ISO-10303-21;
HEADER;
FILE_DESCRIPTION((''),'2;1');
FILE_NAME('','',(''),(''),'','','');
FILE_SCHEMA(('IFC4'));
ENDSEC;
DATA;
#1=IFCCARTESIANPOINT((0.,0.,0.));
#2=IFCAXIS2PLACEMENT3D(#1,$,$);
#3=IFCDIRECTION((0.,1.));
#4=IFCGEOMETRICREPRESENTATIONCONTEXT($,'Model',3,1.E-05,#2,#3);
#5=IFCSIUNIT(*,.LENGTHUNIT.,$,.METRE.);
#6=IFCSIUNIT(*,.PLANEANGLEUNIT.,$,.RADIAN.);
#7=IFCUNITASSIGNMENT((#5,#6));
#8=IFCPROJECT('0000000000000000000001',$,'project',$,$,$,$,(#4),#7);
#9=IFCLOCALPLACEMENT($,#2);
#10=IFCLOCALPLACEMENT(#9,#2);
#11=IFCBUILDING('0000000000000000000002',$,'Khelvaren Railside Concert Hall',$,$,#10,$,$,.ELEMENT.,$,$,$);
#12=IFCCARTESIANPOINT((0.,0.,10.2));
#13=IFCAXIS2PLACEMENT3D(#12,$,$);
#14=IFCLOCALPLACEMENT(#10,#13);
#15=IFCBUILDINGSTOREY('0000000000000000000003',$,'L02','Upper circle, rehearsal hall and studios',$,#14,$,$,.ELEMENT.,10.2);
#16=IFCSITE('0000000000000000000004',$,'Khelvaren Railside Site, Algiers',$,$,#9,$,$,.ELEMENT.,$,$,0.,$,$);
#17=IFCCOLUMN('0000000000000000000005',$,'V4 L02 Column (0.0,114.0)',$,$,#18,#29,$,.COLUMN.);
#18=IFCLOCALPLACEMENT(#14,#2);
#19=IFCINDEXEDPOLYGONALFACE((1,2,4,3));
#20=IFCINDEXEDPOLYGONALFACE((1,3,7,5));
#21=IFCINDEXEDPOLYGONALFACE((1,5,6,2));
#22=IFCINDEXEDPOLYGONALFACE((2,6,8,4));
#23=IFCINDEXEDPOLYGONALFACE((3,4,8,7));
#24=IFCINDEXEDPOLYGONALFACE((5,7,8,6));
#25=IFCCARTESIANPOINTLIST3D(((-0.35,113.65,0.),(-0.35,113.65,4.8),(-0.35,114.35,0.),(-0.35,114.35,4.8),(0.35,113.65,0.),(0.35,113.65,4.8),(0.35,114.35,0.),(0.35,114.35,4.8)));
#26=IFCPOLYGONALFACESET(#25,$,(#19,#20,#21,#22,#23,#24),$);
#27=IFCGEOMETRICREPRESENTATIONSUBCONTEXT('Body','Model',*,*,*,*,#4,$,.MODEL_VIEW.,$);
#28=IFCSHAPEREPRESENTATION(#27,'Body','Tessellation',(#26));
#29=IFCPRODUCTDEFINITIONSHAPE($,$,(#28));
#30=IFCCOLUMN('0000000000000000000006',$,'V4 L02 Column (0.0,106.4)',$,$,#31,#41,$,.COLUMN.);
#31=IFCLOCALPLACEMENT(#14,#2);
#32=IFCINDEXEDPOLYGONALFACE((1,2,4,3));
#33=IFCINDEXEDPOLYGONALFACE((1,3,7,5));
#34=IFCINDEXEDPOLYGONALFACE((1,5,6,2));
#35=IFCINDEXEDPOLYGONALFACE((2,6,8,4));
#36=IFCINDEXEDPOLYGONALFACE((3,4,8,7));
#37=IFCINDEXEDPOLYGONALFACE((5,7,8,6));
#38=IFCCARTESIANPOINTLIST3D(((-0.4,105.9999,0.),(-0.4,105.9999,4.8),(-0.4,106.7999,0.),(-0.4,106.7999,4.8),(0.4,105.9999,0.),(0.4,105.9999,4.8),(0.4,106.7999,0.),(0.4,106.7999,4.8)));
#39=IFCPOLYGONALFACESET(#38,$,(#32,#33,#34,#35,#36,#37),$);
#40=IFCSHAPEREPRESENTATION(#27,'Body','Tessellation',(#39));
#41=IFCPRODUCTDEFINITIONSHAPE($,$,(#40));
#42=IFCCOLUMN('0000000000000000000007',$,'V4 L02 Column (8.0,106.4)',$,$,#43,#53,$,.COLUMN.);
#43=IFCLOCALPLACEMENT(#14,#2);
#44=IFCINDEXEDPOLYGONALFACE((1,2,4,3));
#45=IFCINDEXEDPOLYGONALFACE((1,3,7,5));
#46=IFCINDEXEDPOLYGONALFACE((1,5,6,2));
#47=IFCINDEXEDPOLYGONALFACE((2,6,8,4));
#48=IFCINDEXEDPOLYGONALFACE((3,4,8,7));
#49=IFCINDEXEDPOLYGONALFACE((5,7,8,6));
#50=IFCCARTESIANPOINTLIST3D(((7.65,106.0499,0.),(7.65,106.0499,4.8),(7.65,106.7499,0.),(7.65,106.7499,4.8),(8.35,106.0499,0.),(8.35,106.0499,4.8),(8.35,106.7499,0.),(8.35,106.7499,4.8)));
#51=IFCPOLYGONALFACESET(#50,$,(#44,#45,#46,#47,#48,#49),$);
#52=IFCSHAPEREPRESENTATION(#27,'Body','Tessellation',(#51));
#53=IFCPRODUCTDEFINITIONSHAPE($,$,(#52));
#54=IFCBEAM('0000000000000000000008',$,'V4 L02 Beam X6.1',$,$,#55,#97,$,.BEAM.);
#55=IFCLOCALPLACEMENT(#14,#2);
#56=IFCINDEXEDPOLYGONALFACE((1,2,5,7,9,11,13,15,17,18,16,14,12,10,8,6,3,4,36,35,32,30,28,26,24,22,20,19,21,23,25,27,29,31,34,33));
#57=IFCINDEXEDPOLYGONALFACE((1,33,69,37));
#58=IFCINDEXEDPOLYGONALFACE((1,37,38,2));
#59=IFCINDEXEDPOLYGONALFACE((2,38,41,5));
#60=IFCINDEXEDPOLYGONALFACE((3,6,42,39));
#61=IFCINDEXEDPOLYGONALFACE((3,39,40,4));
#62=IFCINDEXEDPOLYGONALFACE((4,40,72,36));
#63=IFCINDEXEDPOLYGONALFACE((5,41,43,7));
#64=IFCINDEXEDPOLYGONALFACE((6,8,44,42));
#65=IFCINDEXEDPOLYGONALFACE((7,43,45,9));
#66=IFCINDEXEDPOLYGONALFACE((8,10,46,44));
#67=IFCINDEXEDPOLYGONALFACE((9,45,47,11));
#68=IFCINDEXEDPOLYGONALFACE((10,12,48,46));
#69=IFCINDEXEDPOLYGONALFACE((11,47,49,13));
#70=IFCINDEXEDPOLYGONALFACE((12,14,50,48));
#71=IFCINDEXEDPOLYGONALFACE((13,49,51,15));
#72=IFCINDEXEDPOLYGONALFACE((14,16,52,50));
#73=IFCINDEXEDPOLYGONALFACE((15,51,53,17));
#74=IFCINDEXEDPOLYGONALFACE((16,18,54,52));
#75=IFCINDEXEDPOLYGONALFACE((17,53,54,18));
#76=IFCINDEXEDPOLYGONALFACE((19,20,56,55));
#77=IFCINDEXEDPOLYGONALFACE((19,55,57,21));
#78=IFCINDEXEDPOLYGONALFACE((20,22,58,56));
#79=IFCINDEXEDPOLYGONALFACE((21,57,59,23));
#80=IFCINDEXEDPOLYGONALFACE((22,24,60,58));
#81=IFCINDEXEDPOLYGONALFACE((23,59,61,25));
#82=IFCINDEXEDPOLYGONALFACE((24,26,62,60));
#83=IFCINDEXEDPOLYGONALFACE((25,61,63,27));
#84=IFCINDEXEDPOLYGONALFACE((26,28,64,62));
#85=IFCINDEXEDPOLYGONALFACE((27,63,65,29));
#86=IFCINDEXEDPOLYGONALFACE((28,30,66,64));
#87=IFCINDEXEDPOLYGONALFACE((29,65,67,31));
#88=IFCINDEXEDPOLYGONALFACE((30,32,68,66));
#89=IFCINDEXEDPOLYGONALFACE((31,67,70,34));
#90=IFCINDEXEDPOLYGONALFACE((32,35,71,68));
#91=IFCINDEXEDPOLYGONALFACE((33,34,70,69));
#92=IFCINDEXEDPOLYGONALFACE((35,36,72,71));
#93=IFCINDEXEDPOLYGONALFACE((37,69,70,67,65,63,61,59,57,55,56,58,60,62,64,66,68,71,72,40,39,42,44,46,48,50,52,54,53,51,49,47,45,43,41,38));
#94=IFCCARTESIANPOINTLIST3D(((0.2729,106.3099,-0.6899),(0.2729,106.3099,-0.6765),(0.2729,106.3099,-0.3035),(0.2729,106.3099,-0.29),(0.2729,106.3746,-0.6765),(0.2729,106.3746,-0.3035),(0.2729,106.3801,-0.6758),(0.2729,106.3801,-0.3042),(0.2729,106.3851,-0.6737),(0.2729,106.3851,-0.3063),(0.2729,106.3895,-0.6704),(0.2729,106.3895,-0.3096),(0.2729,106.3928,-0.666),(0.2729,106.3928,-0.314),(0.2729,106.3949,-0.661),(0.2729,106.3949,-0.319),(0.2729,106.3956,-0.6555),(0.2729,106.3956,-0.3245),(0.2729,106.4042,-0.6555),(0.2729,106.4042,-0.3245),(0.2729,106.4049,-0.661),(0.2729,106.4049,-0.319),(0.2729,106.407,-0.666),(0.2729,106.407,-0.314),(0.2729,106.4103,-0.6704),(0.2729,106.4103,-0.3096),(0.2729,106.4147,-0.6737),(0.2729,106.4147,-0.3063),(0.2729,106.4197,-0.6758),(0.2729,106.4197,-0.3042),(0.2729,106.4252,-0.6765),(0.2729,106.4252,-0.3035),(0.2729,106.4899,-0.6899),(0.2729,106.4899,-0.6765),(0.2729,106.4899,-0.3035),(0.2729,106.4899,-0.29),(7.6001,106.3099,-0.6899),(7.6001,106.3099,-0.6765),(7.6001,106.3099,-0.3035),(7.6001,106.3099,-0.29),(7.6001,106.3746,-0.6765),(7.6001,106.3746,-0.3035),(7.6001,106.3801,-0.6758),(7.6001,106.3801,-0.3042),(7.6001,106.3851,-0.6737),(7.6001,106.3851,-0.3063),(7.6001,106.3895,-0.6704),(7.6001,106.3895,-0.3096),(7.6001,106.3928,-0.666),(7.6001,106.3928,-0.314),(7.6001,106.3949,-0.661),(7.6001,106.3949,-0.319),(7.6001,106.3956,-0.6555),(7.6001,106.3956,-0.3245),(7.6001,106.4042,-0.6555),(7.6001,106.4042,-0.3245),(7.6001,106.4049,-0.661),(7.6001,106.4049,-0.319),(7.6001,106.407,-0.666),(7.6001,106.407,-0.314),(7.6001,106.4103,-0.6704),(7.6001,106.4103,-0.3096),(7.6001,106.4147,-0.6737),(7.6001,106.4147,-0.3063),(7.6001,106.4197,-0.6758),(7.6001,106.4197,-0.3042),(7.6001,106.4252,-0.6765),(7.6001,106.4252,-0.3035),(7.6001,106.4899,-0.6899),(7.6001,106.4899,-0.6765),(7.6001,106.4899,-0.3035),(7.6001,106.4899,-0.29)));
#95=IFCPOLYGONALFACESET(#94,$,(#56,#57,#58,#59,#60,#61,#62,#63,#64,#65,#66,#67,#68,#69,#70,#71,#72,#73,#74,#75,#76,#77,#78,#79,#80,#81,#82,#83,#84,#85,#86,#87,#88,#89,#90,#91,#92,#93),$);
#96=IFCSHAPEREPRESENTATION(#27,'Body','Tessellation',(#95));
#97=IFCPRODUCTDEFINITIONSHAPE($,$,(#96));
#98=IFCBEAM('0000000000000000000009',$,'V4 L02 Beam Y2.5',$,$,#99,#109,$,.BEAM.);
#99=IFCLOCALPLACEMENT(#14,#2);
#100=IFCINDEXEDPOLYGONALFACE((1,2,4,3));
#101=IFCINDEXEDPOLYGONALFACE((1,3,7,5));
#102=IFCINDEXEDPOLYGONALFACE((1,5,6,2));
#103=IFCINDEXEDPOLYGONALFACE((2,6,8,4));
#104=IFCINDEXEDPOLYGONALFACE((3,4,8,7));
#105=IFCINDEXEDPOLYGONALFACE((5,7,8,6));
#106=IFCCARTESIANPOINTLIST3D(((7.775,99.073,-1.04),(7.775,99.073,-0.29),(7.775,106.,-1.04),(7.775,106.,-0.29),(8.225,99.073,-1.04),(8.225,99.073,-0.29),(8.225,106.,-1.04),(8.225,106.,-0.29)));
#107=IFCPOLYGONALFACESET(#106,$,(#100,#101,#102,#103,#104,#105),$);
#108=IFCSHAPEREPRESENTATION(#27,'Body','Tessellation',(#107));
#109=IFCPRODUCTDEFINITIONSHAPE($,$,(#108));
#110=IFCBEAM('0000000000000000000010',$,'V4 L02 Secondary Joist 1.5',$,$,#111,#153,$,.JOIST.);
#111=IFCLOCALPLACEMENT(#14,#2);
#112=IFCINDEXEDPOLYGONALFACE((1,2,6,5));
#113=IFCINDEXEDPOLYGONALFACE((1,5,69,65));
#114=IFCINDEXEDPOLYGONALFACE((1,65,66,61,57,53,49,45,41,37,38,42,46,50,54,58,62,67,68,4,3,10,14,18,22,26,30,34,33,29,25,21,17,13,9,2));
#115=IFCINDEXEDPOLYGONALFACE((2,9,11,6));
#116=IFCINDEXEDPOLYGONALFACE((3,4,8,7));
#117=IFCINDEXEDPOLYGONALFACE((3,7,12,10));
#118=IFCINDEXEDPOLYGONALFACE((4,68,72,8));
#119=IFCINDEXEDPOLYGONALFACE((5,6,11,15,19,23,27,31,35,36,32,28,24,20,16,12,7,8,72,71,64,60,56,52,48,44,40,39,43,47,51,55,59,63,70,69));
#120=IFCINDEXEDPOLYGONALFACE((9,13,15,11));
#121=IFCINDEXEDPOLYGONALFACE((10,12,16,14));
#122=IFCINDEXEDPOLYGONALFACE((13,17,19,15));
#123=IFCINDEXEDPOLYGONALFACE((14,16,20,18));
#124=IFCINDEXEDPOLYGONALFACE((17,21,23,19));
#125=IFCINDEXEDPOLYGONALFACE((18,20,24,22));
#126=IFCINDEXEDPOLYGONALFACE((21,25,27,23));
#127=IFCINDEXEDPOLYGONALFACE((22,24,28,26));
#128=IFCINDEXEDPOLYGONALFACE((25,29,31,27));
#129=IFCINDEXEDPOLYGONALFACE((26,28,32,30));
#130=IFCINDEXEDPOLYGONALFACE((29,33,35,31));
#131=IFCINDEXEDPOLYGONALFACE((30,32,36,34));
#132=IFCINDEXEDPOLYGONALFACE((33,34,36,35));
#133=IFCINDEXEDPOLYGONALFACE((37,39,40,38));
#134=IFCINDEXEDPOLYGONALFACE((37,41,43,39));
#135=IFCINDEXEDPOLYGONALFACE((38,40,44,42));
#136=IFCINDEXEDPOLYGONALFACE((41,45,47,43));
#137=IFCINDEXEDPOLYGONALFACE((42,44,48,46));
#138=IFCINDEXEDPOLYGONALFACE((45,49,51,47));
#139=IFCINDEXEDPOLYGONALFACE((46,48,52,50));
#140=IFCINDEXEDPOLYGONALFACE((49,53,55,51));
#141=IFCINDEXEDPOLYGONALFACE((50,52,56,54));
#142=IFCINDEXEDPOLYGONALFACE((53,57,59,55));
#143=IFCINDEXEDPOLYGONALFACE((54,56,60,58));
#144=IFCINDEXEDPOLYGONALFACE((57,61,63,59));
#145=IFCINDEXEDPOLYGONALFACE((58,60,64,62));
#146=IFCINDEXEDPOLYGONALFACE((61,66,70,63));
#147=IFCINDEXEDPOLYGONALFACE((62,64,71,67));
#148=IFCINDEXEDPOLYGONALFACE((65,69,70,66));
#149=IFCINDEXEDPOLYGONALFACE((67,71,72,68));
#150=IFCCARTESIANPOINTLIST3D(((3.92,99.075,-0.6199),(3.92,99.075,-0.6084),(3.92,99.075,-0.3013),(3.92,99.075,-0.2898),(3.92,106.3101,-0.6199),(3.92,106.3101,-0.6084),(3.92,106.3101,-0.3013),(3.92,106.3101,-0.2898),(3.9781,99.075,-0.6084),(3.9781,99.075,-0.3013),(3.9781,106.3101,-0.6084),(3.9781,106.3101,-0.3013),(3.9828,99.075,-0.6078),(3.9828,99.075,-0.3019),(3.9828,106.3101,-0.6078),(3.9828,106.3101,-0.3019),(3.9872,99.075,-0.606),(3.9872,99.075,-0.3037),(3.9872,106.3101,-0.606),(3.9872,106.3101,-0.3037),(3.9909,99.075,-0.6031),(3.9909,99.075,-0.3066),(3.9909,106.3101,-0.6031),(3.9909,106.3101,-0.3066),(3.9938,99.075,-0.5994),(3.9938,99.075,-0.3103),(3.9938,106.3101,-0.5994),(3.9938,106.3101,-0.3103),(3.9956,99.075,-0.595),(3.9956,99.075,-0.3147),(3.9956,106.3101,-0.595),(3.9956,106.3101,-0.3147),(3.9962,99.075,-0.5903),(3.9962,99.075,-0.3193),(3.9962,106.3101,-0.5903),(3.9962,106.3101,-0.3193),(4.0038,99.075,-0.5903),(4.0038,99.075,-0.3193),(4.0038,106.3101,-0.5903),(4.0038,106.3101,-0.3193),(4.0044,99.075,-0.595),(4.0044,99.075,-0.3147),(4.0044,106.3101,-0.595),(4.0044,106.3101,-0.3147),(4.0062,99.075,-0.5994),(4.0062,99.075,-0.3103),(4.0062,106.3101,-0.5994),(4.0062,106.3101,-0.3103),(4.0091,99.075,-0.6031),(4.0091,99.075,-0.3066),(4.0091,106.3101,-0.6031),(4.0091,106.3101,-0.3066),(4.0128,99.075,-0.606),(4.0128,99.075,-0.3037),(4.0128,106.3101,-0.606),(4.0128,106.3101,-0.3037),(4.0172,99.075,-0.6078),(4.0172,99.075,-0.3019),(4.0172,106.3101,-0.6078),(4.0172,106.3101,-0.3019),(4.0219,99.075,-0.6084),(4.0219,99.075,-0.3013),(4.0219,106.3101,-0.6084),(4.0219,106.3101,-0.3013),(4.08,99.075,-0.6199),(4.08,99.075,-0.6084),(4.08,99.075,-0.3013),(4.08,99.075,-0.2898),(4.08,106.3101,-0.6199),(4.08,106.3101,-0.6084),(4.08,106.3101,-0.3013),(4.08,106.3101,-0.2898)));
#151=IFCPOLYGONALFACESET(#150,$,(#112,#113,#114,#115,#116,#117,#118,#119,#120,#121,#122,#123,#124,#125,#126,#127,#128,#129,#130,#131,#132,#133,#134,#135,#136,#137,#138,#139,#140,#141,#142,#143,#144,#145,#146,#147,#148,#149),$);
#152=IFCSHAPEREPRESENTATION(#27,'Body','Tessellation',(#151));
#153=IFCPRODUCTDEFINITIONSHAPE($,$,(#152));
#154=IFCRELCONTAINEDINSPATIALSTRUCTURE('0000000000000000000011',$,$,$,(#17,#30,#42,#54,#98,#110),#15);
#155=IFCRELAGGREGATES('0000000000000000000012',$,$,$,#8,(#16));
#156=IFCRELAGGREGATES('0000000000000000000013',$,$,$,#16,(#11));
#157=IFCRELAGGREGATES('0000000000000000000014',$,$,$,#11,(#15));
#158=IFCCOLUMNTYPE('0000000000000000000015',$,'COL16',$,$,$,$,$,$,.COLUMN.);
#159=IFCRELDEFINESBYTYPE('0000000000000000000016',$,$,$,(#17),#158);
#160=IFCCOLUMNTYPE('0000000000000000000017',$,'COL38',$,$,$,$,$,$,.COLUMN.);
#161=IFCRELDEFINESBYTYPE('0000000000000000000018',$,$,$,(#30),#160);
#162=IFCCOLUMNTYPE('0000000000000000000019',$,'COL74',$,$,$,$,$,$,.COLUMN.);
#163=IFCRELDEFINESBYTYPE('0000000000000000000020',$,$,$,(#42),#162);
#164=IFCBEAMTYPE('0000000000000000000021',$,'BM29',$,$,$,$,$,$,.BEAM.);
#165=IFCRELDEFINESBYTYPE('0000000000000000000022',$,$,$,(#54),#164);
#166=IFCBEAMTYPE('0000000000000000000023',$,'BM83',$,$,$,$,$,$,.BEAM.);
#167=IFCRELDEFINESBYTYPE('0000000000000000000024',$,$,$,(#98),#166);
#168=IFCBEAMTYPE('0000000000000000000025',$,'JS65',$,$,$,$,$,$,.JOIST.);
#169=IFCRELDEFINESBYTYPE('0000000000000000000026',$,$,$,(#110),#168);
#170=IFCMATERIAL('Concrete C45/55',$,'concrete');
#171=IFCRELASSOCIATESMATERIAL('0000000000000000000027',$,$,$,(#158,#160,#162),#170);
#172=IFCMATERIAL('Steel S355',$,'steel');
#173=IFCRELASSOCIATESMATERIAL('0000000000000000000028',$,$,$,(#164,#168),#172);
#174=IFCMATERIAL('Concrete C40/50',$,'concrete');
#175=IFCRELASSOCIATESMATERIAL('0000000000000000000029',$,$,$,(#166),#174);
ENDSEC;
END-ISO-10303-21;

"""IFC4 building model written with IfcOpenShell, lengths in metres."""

from ifc_helpers import new_model, si_unit, direction, frame, origin, origin_2d, place, context, subcontext, project, spatial, rectangle, i_section, extrude, material, material_profile, profile_set, type_object, element, save


model = new_model("IFC4")

# Units and contexts
model_context = context("Model", 3, precision=1e-05, world=origin(), true_north=direction((0.0, 1.0)))
body_context = subcontext(model_context, "Body", "Model", "MODEL_VIEW")
ifc_project = project(units=[si_unit("LENGTHUNIT", "METRE"), si_unit("PLANEANGLEUNIT", "RADIAN")], contexts=[model_context])

# Site, building, storey
site_placement = place(None, origin())
site = spatial("IfcSite", under=ifc_project, at=site_placement, Name="Khelvaren Railside Site, Algiers", CompositionType="ELEMENT", RefElevation=0.0)
building_placement = place(site_placement, origin())
building = spatial("IfcBuilding", under=site, at=building_placement, Name="Khelvaren Railside Concert Hall", CompositionType="ELEMENT")
storey_placement = place(building_placement, frame((0.0, 0.0, 10.2)))
storey = spatial("IfcBuildingStorey", under=building, at=storey_placement, Name="L02", Description="Upper circle, rehearsal hall and studios", CompositionType="ELEMENT", Elevation=10.2)

# Columns
ifc_material_1 = material(Name="Concrete C45/55", Category="concrete")
ifc_material_profile_1 = material_profile(ifc_material_1, rectangle(XDim=0.7, YDim=0.7, at=origin_2d()), Name="RC 700x700")
ifc_profile_set_1 = profile_set([ifc_material_profile_1], Name="Concrete C45/55")
column_type_1 = type_object("IfcColumnType", Name="COL16", PredefinedType="COLUMN", material=ifc_profile_set_1)
column_1_placement = place(storey_placement, frame((0.0, 114.0, 0.0), z_axis=(0.0, 0.0, 1.0), x_axis=(1.0, 0.0, 0.0)))
element("IfcColumn", 1, at=column_1_placement, inside=storey, type_object=column_type_1, Name="V4 L02 Column (0.0,114.0)", PredefinedType="COLUMN", context=body_context, shape_type="SweptSolid", body=[
    extrude(rectangle(XDim=0.7, YDim=0.7, at=origin_2d()), origin(), (0.0, 0.0, 1.0), 4.8),
])
ifc_material_profile_2 = material_profile(ifc_material_1, rectangle(XDim=0.8, YDim=0.8, at=origin_2d()), Name="RC 800x800")
ifc_profile_set_2 = profile_set([ifc_material_profile_2], Name="Concrete C45/55")
column_type_2 = type_object("IfcColumnType", Name="COL38", PredefinedType="COLUMN", material=ifc_profile_set_2)
column_2_placement = place(storey_placement, frame((0.0, 106.3999, 0.0), z_axis=(0.0, 0.0, 1.0), x_axis=(1.0, 0.0, 0.0)))
element("IfcColumn", 2, at=column_2_placement, inside=storey, type_object=column_type_2, Name="V4 L02 Column (0.0,106.4)", PredefinedType="COLUMN", context=body_context, shape_type="SweptSolid", body=[
    extrude(rectangle(XDim=0.8, YDim=0.8, at=origin_2d()), origin(), (0.0, 0.0, 1.0), 4.8),
])
ifc_material_profile_3 = material_profile(ifc_material_1, rectangle(XDim=0.7, YDim=0.7, at=origin_2d()), Name="RC 700x700")
ifc_profile_set_3 = profile_set([ifc_material_profile_3], Name="Concrete C45/55")
column_type_3 = type_object("IfcColumnType", Name="COL74", PredefinedType="COLUMN", material=ifc_profile_set_3)
column_3_placement = place(storey_placement, frame((8.0, 106.3999, 0.0), z_axis=(0.0, 0.0, 1.0), x_axis=(1.0, 0.0, 0.0)))
element("IfcColumn", 3, at=column_3_placement, inside=storey, type_object=column_type_3, Name="V4 L02 Column (8.0,106.4)", PredefinedType="COLUMN", context=body_context, shape_type="SweptSolid", body=[
    extrude(rectangle(XDim=0.7, YDim=0.7, at=origin_2d()), origin(), (0.0, 0.0, 1.0), 4.8),
])

# Beams
ifc_material_2 = material(Name="Steel S355", Category="steel")
ifc_material_profile_4 = material_profile(ifc_material_2, i_section(OverallWidth=0.1799, OverallDepth=0.3999, WebThickness=0.0085, FlangeThickness=0.0134, FilletRadius=0.021, at=origin_2d()), Name="IPE 400")
ifc_profile_set_4 = profile_set([ifc_material_profile_4], Name="Steel S355")
beam_type_1 = type_object("IfcBeamType", Name="BM29", PredefinedType="BEAM", material=ifc_profile_set_4)
beam_1_placement = place(storey_placement, frame((0.2729, 106.3999, -0.49), z_axis=(1.0, 0.0, 0.0), x_axis=(0.0, 1.0, 0.0)))
element("IfcBeam", 4, at=beam_1_placement, inside=storey, type_object=beam_type_1, Name="V4 L02 Beam X6.1", PredefinedType="BEAM", context=body_context, shape_type="SweptSolid", body=[
    extrude(i_section(OverallWidth=0.1799, OverallDepth=0.3999, WebThickness=0.0085, FlangeThickness=0.0134, FilletRadius=0.021, at=origin_2d()), origin(), (0.0, 0.0, 1.0), 7.3271),
])
ifc_material_3 = material(Name="Concrete C40/50", Category="concrete")
ifc_material_profile_5 = material_profile(ifc_material_3, rectangle(XDim=0.45, YDim=0.75, at=origin_2d()), Name="RCB 450x750")
ifc_profile_set_5 = profile_set([ifc_material_profile_5], Name="Concrete C40/50")
beam_type_2 = type_object("IfcBeamType", Name="BM83", PredefinedType="BEAM", material=ifc_profile_set_5)
beam_2_placement = place(storey_placement, frame((8.0, 99.073, -0.665), z_axis=(0.0, 1.0, 0.0), x_axis=(-1.0, 0.0, 0.0)))
element("IfcBeam", 5, at=beam_2_placement, inside=storey, type_object=beam_type_2, Name="V4 L02 Beam Y2.5", PredefinedType="BEAM", context=body_context, shape_type="SweptSolid", body=[
    extrude(rectangle(XDim=0.45, YDim=0.75, at=origin_2d()), origin(), (0.0, 0.0, 1.0), 6.927),
])
ifc_material_profile_6 = material_profile(ifc_material_2, i_section(OverallWidth=0.1599, OverallDepth=0.3301, WebThickness=0.0076, FlangeThickness=0.0115, FilletRadius=0.0181, at=origin_2d()), Name="IPE 330")
ifc_profile_set_6 = profile_set([ifc_material_profile_6], Name="Steel S355")
beam_type_3 = type_object("IfcBeamType", Name="JS65", PredefinedType="JOIST", material=ifc_profile_set_6)
beam_3_placement = place(storey_placement, frame((4.0, 99.075, -0.4548), z_axis=(0.0, 1.0, 0.0), x_axis=(-1.0, 0.0, 0.0)))
element("IfcBeam", 6, at=beam_3_placement, inside=storey, type_object=beam_type_3, Name="V4 L02 Secondary Joist 1.5", PredefinedType="JOIST", context=body_context, shape_type="SweptSolid", body=[
    extrude(i_section(OverallWidth=0.1599, OverallDepth=0.3301, WebThickness=0.0076, FlangeThickness=0.0115, FilletRadius=0.0181, at=origin_2d()), origin(), (0.0, 0.0, 1.0), 7.2351),
])

save(model, "model.ifc")
